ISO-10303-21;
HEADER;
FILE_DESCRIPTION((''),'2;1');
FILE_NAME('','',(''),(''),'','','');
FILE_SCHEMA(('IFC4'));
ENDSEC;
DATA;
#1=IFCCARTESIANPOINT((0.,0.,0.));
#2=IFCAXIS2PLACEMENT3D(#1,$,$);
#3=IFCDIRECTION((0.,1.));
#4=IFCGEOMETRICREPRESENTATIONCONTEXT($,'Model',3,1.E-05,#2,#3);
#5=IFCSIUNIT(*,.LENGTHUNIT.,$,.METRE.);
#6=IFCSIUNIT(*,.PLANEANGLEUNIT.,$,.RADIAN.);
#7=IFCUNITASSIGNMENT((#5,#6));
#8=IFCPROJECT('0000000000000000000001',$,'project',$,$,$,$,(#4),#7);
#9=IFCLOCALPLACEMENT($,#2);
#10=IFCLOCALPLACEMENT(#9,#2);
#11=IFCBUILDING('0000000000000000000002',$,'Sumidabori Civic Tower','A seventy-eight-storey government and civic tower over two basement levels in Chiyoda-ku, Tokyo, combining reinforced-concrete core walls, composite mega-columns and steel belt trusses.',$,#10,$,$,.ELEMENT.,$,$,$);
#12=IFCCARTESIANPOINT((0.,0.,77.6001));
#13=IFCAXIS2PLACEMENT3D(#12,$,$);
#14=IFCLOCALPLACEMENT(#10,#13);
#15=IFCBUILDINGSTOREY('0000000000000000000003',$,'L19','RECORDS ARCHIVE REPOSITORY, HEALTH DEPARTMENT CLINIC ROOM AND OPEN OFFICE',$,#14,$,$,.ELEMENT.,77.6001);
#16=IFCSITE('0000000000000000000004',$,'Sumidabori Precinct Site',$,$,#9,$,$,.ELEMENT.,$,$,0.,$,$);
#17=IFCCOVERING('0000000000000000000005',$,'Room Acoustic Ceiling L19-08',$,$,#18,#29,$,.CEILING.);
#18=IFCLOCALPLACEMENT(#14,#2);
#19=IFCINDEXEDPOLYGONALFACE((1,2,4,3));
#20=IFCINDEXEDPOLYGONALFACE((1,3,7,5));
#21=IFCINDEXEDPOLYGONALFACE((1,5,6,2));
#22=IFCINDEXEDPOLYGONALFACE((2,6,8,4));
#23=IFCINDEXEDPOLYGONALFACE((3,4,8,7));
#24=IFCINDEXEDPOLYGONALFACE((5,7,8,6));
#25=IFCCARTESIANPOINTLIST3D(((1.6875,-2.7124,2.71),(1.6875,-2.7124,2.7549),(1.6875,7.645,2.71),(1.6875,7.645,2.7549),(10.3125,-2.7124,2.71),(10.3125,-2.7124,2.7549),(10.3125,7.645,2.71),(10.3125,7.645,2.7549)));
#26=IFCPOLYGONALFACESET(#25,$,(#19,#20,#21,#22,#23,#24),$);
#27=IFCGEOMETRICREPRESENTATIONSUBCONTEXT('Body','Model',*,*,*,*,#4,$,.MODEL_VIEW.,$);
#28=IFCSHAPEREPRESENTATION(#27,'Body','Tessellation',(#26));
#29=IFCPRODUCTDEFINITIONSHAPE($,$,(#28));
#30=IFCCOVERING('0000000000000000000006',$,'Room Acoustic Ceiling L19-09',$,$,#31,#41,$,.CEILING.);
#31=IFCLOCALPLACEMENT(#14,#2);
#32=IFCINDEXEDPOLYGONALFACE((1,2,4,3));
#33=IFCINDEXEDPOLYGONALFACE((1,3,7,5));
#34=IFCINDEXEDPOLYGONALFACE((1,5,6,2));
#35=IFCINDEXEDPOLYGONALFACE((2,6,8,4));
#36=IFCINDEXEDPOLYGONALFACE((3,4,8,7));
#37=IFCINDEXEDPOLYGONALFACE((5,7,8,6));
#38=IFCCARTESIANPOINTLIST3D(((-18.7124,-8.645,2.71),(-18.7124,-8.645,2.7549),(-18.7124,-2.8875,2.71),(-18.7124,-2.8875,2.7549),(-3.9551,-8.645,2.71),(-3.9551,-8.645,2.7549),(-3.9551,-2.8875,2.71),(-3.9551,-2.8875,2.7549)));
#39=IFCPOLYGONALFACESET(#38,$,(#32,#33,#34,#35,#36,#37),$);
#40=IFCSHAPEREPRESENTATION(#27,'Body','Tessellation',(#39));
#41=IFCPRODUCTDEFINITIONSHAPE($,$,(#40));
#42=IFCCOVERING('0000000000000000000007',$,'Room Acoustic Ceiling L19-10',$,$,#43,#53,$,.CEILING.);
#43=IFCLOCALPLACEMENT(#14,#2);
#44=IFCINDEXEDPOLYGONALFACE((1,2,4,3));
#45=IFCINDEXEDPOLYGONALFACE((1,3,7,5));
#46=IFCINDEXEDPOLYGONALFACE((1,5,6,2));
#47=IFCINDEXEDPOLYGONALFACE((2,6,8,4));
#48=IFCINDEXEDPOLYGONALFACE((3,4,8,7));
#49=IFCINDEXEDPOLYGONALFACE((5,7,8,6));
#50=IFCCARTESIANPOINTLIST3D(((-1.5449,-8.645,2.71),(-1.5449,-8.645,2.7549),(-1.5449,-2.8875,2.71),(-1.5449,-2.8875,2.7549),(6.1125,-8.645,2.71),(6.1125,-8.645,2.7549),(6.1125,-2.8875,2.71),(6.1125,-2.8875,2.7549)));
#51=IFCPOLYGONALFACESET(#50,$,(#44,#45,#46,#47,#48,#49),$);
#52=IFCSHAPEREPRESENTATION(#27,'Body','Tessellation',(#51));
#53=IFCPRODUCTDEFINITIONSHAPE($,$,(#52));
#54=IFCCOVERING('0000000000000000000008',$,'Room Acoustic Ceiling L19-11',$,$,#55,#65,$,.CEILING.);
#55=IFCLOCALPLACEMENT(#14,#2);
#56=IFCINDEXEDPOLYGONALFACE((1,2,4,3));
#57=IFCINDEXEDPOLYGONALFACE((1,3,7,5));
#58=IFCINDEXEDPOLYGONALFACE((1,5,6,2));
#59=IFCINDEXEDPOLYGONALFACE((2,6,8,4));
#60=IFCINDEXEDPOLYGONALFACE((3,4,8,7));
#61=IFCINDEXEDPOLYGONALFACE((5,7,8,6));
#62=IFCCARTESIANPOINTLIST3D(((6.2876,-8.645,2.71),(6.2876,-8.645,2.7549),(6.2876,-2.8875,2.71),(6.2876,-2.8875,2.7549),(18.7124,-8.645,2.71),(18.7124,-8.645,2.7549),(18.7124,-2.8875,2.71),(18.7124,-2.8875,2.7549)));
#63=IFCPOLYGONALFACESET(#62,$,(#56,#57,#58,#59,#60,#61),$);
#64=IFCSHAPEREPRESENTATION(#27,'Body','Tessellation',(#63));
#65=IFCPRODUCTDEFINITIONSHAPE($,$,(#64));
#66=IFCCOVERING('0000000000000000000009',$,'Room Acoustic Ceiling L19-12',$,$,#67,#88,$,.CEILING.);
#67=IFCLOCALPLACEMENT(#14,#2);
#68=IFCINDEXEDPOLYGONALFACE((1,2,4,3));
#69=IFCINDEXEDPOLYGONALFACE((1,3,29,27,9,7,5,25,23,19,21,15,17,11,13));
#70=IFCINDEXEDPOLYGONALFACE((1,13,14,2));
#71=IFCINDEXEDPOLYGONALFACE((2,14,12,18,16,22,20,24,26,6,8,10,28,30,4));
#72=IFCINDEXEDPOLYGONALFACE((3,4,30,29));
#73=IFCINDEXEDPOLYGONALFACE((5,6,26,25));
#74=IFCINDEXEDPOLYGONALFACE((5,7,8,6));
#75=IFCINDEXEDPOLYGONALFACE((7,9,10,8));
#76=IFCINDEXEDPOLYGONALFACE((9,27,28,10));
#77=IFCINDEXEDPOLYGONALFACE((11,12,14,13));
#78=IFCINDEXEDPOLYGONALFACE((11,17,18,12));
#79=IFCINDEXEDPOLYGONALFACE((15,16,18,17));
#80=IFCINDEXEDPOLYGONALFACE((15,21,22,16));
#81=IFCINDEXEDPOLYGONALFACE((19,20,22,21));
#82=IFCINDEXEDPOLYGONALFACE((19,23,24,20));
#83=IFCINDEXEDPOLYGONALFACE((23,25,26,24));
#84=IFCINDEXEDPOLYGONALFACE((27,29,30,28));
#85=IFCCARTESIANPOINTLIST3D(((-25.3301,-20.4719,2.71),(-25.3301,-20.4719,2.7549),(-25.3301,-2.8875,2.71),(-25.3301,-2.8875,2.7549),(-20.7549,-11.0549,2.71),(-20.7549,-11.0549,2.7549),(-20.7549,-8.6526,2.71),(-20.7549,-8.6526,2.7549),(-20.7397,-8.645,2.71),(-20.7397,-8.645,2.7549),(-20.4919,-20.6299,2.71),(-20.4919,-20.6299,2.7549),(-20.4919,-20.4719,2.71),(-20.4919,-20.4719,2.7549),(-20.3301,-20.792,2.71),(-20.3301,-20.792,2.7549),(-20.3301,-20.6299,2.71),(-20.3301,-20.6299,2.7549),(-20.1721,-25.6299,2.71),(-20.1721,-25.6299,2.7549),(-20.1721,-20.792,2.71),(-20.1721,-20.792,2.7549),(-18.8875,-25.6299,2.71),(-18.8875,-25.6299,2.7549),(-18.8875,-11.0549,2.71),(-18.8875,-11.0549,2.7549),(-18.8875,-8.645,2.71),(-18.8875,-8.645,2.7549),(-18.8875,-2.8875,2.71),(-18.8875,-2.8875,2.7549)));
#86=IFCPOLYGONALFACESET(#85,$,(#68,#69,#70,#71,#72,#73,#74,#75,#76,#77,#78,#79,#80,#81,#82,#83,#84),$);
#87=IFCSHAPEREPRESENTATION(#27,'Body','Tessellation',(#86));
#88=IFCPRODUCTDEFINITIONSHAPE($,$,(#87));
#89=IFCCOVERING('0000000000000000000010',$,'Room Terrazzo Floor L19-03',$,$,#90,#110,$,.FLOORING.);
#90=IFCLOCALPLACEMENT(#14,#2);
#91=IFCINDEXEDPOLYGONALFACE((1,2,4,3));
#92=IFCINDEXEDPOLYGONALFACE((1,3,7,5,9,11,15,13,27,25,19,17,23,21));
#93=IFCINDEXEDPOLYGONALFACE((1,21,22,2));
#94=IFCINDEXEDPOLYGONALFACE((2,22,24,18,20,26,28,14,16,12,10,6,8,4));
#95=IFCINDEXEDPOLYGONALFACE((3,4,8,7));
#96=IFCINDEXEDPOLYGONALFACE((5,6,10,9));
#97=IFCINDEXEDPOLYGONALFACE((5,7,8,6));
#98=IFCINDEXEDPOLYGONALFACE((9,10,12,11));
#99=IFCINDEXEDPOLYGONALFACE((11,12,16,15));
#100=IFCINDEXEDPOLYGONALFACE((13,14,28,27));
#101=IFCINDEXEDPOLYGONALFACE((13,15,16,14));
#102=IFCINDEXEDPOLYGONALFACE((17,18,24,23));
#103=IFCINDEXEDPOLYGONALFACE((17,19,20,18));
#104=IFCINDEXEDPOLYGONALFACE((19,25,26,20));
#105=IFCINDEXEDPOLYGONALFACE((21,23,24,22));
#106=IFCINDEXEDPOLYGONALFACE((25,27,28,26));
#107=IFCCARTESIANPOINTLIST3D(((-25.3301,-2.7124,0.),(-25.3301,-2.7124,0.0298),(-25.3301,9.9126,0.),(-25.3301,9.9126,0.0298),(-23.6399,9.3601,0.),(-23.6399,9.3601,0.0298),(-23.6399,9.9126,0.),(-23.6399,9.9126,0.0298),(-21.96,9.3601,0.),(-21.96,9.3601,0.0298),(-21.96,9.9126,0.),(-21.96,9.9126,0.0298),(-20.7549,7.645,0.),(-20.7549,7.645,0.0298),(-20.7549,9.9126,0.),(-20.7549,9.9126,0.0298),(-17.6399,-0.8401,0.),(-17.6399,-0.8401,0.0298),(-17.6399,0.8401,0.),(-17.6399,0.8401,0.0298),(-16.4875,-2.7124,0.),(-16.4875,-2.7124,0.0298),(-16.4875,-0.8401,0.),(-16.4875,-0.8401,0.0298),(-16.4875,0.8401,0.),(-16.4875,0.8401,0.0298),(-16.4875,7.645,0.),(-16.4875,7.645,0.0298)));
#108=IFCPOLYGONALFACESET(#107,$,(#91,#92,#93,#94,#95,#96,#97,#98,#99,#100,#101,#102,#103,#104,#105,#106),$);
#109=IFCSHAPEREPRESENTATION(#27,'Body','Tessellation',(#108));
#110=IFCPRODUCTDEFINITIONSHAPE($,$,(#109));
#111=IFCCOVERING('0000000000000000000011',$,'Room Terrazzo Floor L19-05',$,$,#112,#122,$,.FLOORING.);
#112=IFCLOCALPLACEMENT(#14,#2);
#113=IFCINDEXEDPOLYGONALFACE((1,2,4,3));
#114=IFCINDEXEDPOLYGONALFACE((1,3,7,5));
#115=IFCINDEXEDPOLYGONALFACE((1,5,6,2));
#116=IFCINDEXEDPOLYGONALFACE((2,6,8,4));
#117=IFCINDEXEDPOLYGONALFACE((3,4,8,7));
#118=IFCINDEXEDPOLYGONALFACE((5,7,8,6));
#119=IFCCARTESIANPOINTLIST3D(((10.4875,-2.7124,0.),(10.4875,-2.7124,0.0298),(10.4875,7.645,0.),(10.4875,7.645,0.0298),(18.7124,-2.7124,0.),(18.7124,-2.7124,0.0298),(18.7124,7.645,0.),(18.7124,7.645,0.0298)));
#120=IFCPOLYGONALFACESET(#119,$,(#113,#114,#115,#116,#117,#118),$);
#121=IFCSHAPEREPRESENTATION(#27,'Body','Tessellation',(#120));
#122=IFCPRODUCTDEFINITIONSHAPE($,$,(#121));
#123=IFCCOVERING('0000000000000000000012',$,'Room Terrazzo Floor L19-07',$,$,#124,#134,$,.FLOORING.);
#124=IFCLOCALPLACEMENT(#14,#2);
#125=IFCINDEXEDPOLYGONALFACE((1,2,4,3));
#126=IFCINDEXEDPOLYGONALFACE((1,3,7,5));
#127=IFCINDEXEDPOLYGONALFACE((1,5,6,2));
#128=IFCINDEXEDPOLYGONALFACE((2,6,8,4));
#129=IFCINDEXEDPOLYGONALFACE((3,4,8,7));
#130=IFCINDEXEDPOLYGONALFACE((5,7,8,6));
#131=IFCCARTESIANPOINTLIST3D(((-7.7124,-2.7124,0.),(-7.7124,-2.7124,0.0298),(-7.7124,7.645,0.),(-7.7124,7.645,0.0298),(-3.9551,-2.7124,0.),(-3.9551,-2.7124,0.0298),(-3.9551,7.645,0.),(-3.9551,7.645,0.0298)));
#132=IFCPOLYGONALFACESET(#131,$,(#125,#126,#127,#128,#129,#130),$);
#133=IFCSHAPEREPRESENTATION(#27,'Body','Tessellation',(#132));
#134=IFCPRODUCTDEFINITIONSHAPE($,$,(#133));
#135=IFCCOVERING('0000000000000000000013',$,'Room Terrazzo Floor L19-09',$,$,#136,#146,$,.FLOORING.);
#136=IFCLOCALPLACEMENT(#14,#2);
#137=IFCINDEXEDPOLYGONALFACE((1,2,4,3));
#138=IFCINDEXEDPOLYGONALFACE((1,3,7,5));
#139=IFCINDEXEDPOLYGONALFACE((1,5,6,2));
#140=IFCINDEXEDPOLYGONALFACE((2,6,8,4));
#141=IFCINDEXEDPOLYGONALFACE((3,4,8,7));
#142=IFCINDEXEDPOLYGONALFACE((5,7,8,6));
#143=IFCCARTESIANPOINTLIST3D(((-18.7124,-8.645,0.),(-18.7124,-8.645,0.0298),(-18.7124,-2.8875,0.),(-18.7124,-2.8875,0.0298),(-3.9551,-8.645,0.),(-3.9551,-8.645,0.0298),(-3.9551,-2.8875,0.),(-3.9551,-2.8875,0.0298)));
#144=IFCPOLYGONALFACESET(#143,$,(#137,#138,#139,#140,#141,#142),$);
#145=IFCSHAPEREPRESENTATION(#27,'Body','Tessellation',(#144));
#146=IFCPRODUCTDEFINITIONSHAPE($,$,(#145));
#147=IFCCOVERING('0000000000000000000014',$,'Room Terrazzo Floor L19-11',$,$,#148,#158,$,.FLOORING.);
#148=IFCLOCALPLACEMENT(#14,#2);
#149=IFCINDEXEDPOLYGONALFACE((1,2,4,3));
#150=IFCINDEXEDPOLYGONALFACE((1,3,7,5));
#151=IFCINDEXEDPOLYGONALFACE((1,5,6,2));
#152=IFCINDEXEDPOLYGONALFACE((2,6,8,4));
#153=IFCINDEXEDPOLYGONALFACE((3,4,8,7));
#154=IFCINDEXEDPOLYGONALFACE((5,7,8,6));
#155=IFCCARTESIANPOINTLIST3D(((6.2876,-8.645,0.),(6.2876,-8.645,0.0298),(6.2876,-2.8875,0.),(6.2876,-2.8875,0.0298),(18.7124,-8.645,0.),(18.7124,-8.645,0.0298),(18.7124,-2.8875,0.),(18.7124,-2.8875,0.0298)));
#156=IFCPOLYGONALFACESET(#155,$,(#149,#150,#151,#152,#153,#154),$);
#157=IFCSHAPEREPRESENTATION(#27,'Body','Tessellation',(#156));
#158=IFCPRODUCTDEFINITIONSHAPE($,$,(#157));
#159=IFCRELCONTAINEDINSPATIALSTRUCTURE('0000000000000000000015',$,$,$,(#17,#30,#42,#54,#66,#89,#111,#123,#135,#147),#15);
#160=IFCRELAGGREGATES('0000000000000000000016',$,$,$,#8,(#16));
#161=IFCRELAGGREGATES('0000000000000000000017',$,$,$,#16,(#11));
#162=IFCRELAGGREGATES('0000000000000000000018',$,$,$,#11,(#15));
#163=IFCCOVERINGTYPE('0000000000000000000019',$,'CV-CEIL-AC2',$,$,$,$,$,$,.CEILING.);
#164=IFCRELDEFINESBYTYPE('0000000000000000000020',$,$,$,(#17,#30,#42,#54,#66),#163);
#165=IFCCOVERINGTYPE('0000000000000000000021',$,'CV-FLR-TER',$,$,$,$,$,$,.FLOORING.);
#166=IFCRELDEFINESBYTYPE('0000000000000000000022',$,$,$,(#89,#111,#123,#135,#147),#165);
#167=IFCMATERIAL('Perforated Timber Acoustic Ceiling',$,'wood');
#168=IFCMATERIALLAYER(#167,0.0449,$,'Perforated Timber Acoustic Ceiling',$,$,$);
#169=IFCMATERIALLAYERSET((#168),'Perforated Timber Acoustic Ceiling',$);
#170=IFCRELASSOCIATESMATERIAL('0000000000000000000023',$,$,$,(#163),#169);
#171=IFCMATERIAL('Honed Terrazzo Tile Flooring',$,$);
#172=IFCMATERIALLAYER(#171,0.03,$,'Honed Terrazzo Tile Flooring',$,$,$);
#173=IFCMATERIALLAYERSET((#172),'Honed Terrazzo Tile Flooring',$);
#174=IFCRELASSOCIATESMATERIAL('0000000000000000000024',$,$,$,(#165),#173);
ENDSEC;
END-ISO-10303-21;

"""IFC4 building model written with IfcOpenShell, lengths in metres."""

from ifc_helpers import new_model, si_unit, direction, frame, origin, place, context, subcontext, project, spatial, polyline, outline, extrude, material, layer, layer_set, type_object, element, save


model = new_model("IFC4")

# Units and contexts
model_context = context("Model", 3, precision=1e-05, world=origin(), true_north=direction((0.0, 1.0)))
body_context = subcontext(model_context, "Body", "Model", "MODEL_VIEW")
ifc_project = project(units=[si_unit("LENGTHUNIT", "METRE"), si_unit("PLANEANGLEUNIT", "RADIAN")], contexts=[model_context])

# Site, building, storey
site_placement = place(None, origin())
site = spatial("IfcSite", under=ifc_project, at=site_placement, Name="Sumidabori Precinct Site", CompositionType="ELEMENT", RefElevation=0.0)
building_placement = place(site_placement, origin())
building = spatial("IfcBuilding", under=site, at=building_placement, Name="Sumidabori Civic Tower", Description="A seventy-eight-storey government and civic tower over two basement levels in Chiyoda-ku, Tokyo, combining reinforced-concrete core walls, composite mega-columns and steel belt trusses.", CompositionType="ELEMENT")
storey_placement = place(building_placement, frame((0.0, 0.0, 77.6001)))
storey = spatial("IfcBuildingStorey", under=building, at=storey_placement, Name="L19", Description="RECORDS ARCHIVE REPOSITORY, HEALTH DEPARTMENT CLINIC ROOM AND OPEN OFFICE", CompositionType="ELEMENT", Elevation=77.6001)

# Coverings
ifc_material_1 = material(Name="Perforated Timber Acoustic Ceiling", Category="wood")
ifc_layer_1 = layer(ifc_material_1, 0.0449, Name="Perforated Timber Acoustic Ceiling")
ifc_layer_set_1 = layer_set([ifc_layer_1], Name="Perforated Timber Acoustic Ceiling")
covering_type_1 = type_object("IfcCoveringType", Name="CV-CEIL-AC2", PredefinedType="CEILING", material=ifc_layer_set_1)
covering_1_placement = place(storey_placement, frame((0.0, 0.0, 2.71)))
element("IfcCovering", 1, at=covering_1_placement, inside=storey, type_object=covering_type_1, Name="Room Acoustic Ceiling L19-08", PredefinedType="CEILING", context=body_context, shape_type="SweptSolid", body=[
    extrude(outline(polyline([(1.6875, 7.645), (10.3125, 7.645), (10.3125, -2.7124), (1.6875, -2.7124), (1.6875, 7.645)])), origin(), (0.0, 0.0, 1.0), 0.0449),
])
covering_2_placement = place(storey_placement, frame((0.0, 0.0, 2.71)))
element("IfcCovering", 2, at=covering_2_placement, inside=storey, type_object=covering_type_1, Name="Room Acoustic Ceiling L19-09", PredefinedType="CEILING", context=body_context, shape_type="SweptSolid", body=[
    extrude(outline(polyline([(-18.7124, -2.8875), (-3.9551, -2.8875), (-3.9551, -8.645), (-18.7124, -8.645), (-18.7124, -2.8875)])), origin(), (0.0, 0.0, 1.0), 0.0449),
])
covering_3_placement = place(storey_placement, frame((0.0, 0.0, 2.71)))
element("IfcCovering", 3, at=covering_3_placement, inside=storey, type_object=covering_type_1, Name="Room Acoustic Ceiling L19-10", PredefinedType="CEILING", context=body_context, shape_type="SweptSolid", body=[
    extrude(outline(polyline([(-1.5449, -8.645), (-1.5449, -2.8875), (6.1125, -2.8875), (6.1125, -8.645), (-1.5449, -8.645)])), origin(), (0.0, 0.0, 1.0), 0.0449),
])
covering_4_placement = place(storey_placement, frame((0.0, 0.0, 2.71)))
element("IfcCovering", 4, at=covering_4_placement, inside=storey, type_object=covering_type_1, Name="Room Acoustic Ceiling L19-11", PredefinedType="CEILING", context=body_context, shape_type="SweptSolid", body=[
    extrude(outline(polyline([(6.2876, -8.645), (6.2876, -2.8875), (18.7124, -2.8875), (18.7124, -8.645), (6.2876, -8.645)])), origin(), (0.0, 0.0, 1.0), 0.0449),
])
covering_5_placement = place(storey_placement, frame((0.0, 0.0, 2.71)))
element("IfcCovering", 5, at=covering_5_placement, inside=storey, type_object=covering_type_1, Name="Room Acoustic Ceiling L19-12", PredefinedType="CEILING", context=body_context, shape_type="SweptSolid", body=[
    extrude(outline(polyline([(-25.3301, -20.4719), (-25.3301, -2.8875), (-18.8875, -2.8875), (-18.8875, -8.645), (-20.7397, -8.645), (-20.7549, -8.6526), (-20.7549, -11.0549), (-18.8875, -11.0549), (-18.8875, -25.6299), (-20.1721, -25.6299), (-20.1721, -20.792), (-20.3301, -20.792), (-20.3301, -20.6299), (-20.4919, -20.6299), (-20.4919, -20.4719), (-25.3301, -20.4719)])), origin(), (0.0, 0.0, 1.0), 0.0449),
])
ifc_material_2 = material(Name="Honed Terrazzo Tile Flooring")
ifc_layer_2 = layer(ifc_material_2, 0.03, Name="Honed Terrazzo Tile Flooring")
ifc_layer_set_2 = layer_set([ifc_layer_2], Name="Honed Terrazzo Tile Flooring")
covering_type_2 = type_object("IfcCoveringType", Name="CV-FLR-TER", PredefinedType="FLOORING", material=ifc_layer_set_2)
covering_6_placement = place(storey_placement, origin())
element("IfcCovering", 6, at=covering_6_placement, inside=storey, type_object=covering_type_2, Name="Room Terrazzo Floor L19-03", PredefinedType="FLOORING", context=body_context, shape_type="SweptSolid", body=[
    extrude(outline(polyline([(-25.3301, -2.7124), (-25.3301, 9.9126), (-23.6399, 9.9126), (-23.6399, 9.3601), (-21.96, 9.3601), (-21.96, 9.9126), (-20.7549, 9.9126), (-20.7549, 7.645), (-16.4875, 7.645), (-16.4875, 0.8401), (-17.6399, 0.8401), (-17.6399, -0.8401), (-16.4875, -0.8401), (-16.4875, -2.7124), (-25.3301, -2.7124)])), origin(), (0.0, 0.0, 1.0), 0.0298),
])
covering_7_placement = place(storey_placement, origin())
element("IfcCovering", 7, at=covering_7_placement, inside=storey, type_object=covering_type_2, Name="Room Terrazzo Floor L19-05", PredefinedType="FLOORING", context=body_context, shape_type="SweptSolid", body=[
    extrude(outline(polyline([(10.4875, 7.645), (18.7124, 7.645), (18.7124, -2.7124), (10.4875, -2.7124), (10.4875, 7.645)])), origin(), (0.0, 0.0, 1.0), 0.0298),
])
covering_8_placement = place(storey_placement, origin())
element("IfcCovering", 8, at=covering_8_placement, inside=storey, type_object=covering_type_2, Name="Room Terrazzo Floor L19-07", PredefinedType="FLOORING", context=body_context, shape_type="SweptSolid", body=[
    extrude(outline(polyline([(-7.7124, -2.7124), (-7.7124, 7.645), (-3.9551, 7.645), (-3.9551, -2.7124), (-7.7124, -2.7124)])), origin(), (0.0, 0.0, 1.0), 0.0298),
])
covering_9_placement = place(storey_placement, origin())
element("IfcCovering", 9, at=covering_9_placement, inside=storey, type_object=covering_type_2, Name="Room Terrazzo Floor L19-09", PredefinedType="FLOORING", context=body_context, shape_type="SweptSolid", body=[
    extrude(outline(polyline([(-18.7124, -2.8875), (-3.9551, -2.8875), (-3.9551, -8.645), (-18.7124, -8.645), (-18.7124, -2.8875)])), origin(), (0.0, 0.0, 1.0), 0.0298),
])
covering_10_placement = place(storey_placement, origin())
element("IfcCovering", 10, at=covering_10_placement, inside=storey, type_object=covering_type_2, Name="Room Terrazzo Floor L19-11", PredefinedType="FLOORING", context=body_context, shape_type="SweptSolid", body=[
    extrude(outline(polyline([(6.2876, -8.645), (6.2876, -2.8875), (18.7124, -2.8875), (18.7124, -8.645), (6.2876, -8.645)])), origin(), (0.0, 0.0, 1.0), 0.0298),
])

save(model, "model.ifc")
